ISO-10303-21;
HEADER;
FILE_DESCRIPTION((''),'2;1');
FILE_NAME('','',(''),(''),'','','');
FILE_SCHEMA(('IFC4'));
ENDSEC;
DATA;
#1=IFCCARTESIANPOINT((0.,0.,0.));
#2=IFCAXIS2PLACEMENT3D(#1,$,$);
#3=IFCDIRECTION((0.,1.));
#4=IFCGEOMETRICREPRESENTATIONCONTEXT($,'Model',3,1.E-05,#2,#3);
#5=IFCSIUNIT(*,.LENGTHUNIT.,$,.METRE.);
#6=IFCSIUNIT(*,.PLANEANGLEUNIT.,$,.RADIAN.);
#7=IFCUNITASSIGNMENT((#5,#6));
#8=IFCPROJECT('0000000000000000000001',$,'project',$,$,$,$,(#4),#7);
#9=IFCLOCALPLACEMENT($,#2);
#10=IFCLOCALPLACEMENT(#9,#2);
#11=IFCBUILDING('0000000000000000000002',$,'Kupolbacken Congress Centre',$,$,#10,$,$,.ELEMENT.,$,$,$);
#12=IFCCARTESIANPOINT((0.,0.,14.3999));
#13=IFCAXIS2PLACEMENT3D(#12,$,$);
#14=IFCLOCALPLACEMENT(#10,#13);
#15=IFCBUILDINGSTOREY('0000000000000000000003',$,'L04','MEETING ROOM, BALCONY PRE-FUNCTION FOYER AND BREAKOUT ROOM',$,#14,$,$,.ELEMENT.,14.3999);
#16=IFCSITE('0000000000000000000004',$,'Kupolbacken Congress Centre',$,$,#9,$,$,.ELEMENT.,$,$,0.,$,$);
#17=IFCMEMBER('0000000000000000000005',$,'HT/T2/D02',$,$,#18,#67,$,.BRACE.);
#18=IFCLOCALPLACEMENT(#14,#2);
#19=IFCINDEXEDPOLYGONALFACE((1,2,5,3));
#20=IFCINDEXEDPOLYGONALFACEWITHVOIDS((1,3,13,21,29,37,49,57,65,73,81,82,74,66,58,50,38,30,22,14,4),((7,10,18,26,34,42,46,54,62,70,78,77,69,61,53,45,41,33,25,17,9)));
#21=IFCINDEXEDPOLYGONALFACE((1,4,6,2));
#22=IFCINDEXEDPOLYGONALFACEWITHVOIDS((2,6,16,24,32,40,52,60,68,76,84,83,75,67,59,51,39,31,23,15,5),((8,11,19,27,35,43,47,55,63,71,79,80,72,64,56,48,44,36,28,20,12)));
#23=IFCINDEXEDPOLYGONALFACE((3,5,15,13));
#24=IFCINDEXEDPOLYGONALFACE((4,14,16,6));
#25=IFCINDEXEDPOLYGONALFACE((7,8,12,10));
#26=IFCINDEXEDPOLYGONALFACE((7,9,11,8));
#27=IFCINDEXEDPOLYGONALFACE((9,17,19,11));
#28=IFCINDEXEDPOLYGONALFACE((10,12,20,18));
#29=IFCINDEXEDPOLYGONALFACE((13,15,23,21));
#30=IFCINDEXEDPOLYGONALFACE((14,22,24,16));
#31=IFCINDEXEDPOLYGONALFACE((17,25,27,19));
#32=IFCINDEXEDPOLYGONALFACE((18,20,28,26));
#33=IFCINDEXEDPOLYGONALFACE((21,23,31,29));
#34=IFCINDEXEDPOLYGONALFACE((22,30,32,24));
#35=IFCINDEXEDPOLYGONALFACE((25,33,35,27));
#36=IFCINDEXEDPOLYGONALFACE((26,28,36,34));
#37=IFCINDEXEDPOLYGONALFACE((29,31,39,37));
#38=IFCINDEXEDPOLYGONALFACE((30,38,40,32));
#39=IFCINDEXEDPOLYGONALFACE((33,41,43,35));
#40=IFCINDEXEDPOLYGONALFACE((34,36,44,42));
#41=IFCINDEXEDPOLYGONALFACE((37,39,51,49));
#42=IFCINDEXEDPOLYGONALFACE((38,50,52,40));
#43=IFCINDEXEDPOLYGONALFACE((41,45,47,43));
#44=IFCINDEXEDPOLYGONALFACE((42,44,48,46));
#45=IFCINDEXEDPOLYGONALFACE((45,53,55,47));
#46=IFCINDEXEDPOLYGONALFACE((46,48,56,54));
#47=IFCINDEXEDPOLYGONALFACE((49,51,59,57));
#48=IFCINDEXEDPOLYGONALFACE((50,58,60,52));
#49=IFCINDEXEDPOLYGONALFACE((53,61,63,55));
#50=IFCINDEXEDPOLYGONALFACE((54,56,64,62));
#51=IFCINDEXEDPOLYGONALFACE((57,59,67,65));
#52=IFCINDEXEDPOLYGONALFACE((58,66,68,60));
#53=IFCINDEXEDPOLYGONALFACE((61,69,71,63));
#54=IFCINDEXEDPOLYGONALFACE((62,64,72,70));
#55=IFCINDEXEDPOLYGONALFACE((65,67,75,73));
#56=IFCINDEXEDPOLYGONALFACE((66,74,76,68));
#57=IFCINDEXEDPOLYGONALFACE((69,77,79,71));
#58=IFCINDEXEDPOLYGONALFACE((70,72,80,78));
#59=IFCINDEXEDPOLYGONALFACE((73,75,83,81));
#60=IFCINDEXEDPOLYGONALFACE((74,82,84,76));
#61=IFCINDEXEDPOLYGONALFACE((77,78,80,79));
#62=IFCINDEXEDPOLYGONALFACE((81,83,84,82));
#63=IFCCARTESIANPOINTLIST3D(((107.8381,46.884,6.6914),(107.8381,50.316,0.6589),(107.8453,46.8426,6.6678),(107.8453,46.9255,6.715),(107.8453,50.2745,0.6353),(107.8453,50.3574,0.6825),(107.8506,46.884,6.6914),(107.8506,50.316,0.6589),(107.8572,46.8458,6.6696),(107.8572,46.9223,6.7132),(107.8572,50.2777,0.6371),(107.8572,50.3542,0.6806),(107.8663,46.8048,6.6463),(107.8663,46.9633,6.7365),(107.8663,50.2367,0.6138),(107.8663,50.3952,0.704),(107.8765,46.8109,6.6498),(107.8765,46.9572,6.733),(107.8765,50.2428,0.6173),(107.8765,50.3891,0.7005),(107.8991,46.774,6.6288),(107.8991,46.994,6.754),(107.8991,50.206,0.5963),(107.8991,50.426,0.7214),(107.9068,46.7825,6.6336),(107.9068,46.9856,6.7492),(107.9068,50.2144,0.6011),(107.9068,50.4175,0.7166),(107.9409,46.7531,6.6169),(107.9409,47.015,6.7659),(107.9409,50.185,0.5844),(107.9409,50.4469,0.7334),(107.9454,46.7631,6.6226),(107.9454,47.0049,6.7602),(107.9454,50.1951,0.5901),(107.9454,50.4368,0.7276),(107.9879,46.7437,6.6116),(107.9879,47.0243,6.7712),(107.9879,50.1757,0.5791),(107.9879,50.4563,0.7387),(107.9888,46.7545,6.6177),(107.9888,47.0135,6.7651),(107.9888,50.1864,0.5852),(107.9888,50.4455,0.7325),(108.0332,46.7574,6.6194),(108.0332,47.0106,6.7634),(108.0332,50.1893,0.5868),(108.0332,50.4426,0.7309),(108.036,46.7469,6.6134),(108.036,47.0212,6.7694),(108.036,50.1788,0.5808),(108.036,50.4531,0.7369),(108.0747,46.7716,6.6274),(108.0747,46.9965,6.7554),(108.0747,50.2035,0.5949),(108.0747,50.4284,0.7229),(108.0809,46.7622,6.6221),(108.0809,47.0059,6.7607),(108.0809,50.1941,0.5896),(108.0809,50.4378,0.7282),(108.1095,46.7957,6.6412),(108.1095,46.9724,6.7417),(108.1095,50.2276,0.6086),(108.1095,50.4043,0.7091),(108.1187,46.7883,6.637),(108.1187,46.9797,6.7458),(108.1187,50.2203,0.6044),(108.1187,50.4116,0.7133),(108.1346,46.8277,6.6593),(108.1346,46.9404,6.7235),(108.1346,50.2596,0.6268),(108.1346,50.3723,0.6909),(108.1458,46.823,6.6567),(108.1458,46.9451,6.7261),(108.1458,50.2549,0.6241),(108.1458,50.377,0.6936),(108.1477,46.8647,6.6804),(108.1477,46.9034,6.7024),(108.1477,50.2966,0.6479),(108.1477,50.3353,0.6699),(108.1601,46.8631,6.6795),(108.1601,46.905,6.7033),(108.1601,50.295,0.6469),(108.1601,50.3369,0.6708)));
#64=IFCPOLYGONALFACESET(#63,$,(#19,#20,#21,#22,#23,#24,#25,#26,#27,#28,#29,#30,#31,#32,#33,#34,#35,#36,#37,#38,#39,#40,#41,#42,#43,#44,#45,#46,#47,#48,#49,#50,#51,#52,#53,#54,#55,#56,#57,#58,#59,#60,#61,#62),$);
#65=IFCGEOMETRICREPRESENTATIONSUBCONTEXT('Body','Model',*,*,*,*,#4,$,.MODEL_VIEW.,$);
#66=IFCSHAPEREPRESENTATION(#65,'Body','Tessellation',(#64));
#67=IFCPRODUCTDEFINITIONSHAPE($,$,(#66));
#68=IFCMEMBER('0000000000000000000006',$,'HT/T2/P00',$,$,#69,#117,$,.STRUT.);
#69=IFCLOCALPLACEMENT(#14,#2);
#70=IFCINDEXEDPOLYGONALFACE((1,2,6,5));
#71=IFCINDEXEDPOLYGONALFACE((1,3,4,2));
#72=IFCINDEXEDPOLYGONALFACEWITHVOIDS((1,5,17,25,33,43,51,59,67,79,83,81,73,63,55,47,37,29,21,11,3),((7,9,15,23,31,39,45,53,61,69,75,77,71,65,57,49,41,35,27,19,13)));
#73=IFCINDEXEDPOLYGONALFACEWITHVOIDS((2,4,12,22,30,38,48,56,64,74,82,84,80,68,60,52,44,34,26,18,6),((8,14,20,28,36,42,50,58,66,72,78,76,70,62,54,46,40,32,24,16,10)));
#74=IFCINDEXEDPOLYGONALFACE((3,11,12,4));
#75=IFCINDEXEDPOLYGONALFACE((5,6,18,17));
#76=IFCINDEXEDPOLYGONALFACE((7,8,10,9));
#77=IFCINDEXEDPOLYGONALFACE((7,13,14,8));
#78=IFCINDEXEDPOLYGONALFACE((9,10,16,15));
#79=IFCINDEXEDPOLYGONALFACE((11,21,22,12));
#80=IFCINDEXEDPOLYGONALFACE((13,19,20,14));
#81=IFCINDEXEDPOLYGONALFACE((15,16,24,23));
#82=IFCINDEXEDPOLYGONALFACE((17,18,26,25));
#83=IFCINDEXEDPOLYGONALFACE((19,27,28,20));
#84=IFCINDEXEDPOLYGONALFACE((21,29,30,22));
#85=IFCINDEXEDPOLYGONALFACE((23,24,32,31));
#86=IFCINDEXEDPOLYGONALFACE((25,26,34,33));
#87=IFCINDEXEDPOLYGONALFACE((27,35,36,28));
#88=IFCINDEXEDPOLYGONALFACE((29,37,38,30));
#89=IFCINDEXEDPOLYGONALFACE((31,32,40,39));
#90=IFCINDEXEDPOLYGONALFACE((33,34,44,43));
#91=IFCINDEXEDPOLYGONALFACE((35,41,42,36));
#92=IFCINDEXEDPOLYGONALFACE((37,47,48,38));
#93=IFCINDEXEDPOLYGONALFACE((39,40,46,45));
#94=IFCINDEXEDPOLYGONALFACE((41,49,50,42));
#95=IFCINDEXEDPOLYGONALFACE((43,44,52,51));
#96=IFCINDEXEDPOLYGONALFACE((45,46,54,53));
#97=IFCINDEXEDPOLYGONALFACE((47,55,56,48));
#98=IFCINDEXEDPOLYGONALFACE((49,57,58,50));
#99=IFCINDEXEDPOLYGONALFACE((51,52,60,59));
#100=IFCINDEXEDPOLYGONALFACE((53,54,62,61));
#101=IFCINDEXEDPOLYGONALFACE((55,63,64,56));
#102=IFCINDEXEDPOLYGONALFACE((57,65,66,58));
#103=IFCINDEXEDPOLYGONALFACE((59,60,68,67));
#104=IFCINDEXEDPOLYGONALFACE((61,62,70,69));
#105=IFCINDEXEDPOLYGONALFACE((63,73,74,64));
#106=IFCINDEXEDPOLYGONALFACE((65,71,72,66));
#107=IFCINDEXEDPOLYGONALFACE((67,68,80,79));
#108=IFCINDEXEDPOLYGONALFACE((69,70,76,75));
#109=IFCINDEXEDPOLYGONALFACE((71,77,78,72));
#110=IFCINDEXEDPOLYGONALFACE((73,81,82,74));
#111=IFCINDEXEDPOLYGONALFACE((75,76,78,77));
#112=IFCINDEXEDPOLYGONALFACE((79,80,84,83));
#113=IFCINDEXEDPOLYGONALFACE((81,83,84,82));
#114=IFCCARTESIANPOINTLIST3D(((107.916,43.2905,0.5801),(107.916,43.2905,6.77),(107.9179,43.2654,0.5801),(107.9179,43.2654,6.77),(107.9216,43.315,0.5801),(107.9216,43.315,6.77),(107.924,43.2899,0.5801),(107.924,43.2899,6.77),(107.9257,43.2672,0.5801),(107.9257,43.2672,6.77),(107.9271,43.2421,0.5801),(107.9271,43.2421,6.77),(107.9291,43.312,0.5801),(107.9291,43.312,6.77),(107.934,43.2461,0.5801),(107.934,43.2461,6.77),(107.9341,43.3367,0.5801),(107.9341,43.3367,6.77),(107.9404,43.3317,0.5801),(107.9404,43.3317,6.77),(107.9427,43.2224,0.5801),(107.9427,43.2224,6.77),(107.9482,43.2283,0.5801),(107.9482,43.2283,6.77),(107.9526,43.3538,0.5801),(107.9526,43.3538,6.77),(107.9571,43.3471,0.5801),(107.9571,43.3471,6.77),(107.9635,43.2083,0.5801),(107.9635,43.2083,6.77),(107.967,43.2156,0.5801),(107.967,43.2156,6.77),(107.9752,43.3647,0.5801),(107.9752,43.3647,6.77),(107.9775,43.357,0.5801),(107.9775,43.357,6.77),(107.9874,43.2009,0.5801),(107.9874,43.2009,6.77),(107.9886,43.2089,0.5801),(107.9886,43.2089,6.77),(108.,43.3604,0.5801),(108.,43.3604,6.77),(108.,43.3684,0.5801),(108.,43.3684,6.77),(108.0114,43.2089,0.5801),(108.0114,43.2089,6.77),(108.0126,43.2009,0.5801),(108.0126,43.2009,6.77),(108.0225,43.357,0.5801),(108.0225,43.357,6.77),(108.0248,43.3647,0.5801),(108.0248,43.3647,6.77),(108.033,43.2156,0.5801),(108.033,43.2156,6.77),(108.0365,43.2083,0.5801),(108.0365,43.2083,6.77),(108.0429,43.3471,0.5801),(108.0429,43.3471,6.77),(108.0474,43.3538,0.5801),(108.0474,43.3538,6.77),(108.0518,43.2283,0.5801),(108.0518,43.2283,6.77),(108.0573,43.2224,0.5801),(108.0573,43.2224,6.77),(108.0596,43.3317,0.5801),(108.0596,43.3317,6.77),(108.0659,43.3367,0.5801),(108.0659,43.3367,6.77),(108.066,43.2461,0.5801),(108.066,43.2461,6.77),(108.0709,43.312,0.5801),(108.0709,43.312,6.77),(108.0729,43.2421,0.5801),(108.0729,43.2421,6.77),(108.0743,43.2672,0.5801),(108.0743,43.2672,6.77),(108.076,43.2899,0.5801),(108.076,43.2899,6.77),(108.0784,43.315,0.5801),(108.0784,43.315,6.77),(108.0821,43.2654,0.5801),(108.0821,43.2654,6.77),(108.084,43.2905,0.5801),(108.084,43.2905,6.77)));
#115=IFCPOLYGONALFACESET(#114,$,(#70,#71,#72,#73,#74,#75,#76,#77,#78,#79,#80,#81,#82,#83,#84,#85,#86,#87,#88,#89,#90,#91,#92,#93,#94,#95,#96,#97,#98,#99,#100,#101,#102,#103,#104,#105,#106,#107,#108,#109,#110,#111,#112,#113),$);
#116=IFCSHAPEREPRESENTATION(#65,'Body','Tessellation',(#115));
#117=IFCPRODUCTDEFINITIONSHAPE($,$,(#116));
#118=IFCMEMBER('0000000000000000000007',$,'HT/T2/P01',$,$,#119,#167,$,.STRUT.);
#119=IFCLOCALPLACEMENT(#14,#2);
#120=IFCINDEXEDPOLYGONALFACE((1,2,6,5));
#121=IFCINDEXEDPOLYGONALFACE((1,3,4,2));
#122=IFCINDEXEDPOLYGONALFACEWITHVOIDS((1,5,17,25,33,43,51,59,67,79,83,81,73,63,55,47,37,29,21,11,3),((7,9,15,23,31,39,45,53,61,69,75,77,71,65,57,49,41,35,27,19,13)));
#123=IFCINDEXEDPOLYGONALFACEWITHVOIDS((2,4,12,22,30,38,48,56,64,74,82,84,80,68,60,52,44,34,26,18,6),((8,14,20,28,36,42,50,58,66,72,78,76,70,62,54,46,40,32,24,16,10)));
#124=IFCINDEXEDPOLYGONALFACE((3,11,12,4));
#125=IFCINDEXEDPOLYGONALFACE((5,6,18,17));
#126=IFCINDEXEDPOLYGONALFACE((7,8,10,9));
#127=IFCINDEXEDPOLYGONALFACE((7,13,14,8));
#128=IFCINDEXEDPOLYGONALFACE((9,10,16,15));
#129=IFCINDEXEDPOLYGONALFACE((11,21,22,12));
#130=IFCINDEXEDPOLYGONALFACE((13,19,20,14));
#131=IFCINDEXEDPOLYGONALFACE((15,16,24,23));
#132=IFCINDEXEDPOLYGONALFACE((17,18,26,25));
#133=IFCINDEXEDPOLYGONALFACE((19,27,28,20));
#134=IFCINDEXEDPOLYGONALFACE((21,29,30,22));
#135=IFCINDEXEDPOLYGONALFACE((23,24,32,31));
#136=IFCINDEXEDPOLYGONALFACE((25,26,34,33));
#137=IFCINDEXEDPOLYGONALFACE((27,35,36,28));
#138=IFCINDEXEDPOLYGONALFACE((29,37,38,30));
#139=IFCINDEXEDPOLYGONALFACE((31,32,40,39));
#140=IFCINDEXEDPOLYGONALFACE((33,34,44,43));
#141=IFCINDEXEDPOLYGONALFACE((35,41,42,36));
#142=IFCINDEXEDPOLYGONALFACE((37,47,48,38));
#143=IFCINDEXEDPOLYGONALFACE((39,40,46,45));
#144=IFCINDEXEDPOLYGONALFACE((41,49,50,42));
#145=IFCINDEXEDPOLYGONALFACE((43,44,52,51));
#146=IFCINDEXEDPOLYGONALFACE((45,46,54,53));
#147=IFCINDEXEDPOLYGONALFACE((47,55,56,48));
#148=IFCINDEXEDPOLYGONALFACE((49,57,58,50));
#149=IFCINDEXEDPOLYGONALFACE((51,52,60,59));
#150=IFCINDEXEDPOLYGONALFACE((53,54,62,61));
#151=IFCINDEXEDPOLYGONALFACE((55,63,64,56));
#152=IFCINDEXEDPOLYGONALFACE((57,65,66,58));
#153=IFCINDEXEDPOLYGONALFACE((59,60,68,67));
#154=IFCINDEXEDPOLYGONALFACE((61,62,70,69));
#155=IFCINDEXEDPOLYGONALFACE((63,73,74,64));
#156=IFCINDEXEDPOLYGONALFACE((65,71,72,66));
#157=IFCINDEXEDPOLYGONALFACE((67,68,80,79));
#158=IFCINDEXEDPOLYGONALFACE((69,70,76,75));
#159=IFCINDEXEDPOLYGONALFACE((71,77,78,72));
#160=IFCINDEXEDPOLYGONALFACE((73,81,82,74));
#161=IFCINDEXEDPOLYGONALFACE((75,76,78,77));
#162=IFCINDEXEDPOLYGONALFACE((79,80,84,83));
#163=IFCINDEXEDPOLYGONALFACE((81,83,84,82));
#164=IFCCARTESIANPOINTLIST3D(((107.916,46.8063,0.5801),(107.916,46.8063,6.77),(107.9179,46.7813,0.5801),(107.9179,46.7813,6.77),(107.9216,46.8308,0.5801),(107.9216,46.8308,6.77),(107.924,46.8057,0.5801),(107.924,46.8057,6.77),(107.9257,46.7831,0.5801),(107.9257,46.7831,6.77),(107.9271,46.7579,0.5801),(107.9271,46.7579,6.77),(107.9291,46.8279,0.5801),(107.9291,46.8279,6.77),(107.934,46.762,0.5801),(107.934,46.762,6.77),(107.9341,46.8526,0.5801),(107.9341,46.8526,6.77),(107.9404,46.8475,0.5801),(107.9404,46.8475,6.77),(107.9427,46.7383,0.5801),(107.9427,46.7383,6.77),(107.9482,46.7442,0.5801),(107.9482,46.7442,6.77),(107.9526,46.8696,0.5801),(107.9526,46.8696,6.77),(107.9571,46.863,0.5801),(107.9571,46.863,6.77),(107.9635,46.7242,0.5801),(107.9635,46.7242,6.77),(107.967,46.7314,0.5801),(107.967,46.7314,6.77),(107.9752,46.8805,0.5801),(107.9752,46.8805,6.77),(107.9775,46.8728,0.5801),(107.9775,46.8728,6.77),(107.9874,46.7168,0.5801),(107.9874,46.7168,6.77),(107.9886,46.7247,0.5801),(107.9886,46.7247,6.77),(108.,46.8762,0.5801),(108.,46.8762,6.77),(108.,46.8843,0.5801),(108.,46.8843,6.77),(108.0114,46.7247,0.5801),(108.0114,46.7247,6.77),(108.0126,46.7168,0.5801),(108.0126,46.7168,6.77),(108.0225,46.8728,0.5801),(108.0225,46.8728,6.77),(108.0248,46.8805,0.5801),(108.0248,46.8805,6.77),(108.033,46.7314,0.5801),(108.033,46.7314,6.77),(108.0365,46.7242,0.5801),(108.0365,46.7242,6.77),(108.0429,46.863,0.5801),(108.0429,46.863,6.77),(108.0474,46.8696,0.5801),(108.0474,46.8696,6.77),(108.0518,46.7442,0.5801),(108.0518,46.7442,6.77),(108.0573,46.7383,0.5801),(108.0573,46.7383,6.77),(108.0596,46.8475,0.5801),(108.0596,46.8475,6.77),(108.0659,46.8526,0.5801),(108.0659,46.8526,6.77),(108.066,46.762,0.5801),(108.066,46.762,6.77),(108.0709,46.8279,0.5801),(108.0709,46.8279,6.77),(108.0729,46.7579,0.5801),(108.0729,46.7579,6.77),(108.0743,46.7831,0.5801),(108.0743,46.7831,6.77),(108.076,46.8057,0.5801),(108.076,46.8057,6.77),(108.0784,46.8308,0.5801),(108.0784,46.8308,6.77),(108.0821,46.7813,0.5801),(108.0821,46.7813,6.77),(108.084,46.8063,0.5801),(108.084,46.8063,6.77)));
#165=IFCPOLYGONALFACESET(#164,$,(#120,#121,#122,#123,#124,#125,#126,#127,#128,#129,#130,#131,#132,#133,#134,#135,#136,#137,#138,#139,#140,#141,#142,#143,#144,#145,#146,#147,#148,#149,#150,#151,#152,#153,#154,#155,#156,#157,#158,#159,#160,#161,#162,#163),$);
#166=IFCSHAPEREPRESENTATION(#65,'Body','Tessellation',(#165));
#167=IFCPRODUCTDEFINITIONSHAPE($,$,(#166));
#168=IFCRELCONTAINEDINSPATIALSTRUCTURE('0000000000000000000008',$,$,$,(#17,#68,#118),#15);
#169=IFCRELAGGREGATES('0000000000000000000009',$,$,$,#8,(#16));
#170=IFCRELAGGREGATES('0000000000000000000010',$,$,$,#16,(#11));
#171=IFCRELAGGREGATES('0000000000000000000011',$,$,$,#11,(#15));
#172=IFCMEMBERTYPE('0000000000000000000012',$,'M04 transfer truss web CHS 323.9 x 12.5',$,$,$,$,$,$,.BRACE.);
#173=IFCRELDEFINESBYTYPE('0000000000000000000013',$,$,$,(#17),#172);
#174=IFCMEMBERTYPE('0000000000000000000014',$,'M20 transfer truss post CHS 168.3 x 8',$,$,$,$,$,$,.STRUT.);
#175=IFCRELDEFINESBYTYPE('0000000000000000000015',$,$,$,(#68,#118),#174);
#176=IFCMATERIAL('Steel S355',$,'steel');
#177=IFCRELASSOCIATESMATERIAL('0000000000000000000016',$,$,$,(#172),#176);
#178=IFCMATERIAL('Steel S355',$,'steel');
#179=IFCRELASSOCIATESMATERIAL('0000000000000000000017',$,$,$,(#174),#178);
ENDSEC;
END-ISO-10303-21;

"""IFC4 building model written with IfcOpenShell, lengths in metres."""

from ifc_helpers import new_model, si_unit, direction, frame, origin, origin_2d, place, context, subcontext, project, spatial, hollow_circle, extrude, material, material_profile, profile_set, type_object, element, save


model = new_model("IFC4")

# Units and contexts
model_context = context("Model", 3, precision=1e-05, world=origin(), true_north=direction((0.0, 1.0)))
body_context = subcontext(model_context, "Body", "Model", "MODEL_VIEW")
ifc_project = project(units=[si_unit("LENGTHUNIT", "METRE"), si_unit("PLANEANGLEUNIT", "RADIAN")], contexts=[model_context])

# Site, building, storey
site_placement = place(None, origin())
site = spatial("IfcSite", under=ifc_project, at=site_placement, Name="Kupolbacken Congress Centre", CompositionType="ELEMENT", RefElevation=0.0)
building_placement = place(site_placement, origin())
building = spatial("IfcBuilding", under=site, at=building_placement, Name="Kupolbacken Congress Centre", CompositionType="ELEMENT")
storey_placement = place(building_placement, frame((0.0, 0.0, 14.3999)))
storey = spatial("IfcBuildingStorey", under=building, at=storey_placement, Name="L04", Description="MEETING ROOM, BALCONY PRE-FUNCTION FOYER AND BREAKOUT ROOM", CompositionType="ELEMENT", Elevation=14.3999)

# Members
ifc_material_1 = material(Name="Steel S355", Category="steel")
ifc_material_profile_1 = material_profile(ifc_material_1, hollow_circle(Radius=0.1619, WallThickness=0.0125, at=origin_2d()), Name="CHS 323.9 x 12.5")
ifc_profile_set_1 = profile_set([ifc_material_profile_1], Name="Steel S355")
member_type_1 = type_object("IfcMemberType", Name="M04 transfer truss web CHS 323.9 x 12.5", PredefinedType="BRACE", material=ifc_profile_set_1)
member_1_placement = place(storey_placement, frame((108.0, 46.884, 6.6914), z_axis=(0.0, 0.494483, -0.869188), x_axis=(-1.0, 0.0, 0.0)))
element("IfcMember", 1, at=member_1_placement, inside=storey, type_object=member_type_1, Name="HT/T2/D02", PredefinedType="BRACE", context=body_context, shape_type="SweptSolid", body=[
    extrude(hollow_circle(Radius=0.1619, WallThickness=0.0125, at=origin_2d()), origin(), (0.0, 0.0, 1.0), 6.9404),
])
ifc_material_2 = material(Name="Steel S355", Category="steel")
ifc_material_profile_2 = material_profile(ifc_material_2, hollow_circle(Radius=0.0842, WallThickness=0.0081, at=origin_2d()), Name="CHS 168.3 x 8")
ifc_profile_set_2 = profile_set([ifc_material_profile_2], Name="Steel S355")
member_type_2 = type_object("IfcMemberType", Name="M20 transfer truss post CHS 168.3 x 8", PredefinedType="STRUT", material=ifc_profile_set_2)
for number, where, z_axis, x_axis, name in (
    (2, (108.0, 43.2842, 0.5801), (0.0, 0.0, 1.0), (0.0, 1.0, 0.0), "HT/T2/P00"),
    (3, (108.0, 46.8, 0.5801), (0.0, 0.0, 1.0), (0.0, 1.0, 0.0), "HT/T2/P01"),
):
    element("IfcMember", number, at=place(storey_placement, frame(where, z_axis=z_axis, x_axis=x_axis)), inside=storey, type_object=member_type_2, Name=name, PredefinedType="STRUT", context=body_context, shape_type="SweptSolid", body=[
        extrude(hollow_circle(Radius=0.0842, WallThickness=0.0081, at=origin_2d()), origin(), (0.0, 0.0, 1.0), 6.1899),
    ])

save(model, "model.ifc")
